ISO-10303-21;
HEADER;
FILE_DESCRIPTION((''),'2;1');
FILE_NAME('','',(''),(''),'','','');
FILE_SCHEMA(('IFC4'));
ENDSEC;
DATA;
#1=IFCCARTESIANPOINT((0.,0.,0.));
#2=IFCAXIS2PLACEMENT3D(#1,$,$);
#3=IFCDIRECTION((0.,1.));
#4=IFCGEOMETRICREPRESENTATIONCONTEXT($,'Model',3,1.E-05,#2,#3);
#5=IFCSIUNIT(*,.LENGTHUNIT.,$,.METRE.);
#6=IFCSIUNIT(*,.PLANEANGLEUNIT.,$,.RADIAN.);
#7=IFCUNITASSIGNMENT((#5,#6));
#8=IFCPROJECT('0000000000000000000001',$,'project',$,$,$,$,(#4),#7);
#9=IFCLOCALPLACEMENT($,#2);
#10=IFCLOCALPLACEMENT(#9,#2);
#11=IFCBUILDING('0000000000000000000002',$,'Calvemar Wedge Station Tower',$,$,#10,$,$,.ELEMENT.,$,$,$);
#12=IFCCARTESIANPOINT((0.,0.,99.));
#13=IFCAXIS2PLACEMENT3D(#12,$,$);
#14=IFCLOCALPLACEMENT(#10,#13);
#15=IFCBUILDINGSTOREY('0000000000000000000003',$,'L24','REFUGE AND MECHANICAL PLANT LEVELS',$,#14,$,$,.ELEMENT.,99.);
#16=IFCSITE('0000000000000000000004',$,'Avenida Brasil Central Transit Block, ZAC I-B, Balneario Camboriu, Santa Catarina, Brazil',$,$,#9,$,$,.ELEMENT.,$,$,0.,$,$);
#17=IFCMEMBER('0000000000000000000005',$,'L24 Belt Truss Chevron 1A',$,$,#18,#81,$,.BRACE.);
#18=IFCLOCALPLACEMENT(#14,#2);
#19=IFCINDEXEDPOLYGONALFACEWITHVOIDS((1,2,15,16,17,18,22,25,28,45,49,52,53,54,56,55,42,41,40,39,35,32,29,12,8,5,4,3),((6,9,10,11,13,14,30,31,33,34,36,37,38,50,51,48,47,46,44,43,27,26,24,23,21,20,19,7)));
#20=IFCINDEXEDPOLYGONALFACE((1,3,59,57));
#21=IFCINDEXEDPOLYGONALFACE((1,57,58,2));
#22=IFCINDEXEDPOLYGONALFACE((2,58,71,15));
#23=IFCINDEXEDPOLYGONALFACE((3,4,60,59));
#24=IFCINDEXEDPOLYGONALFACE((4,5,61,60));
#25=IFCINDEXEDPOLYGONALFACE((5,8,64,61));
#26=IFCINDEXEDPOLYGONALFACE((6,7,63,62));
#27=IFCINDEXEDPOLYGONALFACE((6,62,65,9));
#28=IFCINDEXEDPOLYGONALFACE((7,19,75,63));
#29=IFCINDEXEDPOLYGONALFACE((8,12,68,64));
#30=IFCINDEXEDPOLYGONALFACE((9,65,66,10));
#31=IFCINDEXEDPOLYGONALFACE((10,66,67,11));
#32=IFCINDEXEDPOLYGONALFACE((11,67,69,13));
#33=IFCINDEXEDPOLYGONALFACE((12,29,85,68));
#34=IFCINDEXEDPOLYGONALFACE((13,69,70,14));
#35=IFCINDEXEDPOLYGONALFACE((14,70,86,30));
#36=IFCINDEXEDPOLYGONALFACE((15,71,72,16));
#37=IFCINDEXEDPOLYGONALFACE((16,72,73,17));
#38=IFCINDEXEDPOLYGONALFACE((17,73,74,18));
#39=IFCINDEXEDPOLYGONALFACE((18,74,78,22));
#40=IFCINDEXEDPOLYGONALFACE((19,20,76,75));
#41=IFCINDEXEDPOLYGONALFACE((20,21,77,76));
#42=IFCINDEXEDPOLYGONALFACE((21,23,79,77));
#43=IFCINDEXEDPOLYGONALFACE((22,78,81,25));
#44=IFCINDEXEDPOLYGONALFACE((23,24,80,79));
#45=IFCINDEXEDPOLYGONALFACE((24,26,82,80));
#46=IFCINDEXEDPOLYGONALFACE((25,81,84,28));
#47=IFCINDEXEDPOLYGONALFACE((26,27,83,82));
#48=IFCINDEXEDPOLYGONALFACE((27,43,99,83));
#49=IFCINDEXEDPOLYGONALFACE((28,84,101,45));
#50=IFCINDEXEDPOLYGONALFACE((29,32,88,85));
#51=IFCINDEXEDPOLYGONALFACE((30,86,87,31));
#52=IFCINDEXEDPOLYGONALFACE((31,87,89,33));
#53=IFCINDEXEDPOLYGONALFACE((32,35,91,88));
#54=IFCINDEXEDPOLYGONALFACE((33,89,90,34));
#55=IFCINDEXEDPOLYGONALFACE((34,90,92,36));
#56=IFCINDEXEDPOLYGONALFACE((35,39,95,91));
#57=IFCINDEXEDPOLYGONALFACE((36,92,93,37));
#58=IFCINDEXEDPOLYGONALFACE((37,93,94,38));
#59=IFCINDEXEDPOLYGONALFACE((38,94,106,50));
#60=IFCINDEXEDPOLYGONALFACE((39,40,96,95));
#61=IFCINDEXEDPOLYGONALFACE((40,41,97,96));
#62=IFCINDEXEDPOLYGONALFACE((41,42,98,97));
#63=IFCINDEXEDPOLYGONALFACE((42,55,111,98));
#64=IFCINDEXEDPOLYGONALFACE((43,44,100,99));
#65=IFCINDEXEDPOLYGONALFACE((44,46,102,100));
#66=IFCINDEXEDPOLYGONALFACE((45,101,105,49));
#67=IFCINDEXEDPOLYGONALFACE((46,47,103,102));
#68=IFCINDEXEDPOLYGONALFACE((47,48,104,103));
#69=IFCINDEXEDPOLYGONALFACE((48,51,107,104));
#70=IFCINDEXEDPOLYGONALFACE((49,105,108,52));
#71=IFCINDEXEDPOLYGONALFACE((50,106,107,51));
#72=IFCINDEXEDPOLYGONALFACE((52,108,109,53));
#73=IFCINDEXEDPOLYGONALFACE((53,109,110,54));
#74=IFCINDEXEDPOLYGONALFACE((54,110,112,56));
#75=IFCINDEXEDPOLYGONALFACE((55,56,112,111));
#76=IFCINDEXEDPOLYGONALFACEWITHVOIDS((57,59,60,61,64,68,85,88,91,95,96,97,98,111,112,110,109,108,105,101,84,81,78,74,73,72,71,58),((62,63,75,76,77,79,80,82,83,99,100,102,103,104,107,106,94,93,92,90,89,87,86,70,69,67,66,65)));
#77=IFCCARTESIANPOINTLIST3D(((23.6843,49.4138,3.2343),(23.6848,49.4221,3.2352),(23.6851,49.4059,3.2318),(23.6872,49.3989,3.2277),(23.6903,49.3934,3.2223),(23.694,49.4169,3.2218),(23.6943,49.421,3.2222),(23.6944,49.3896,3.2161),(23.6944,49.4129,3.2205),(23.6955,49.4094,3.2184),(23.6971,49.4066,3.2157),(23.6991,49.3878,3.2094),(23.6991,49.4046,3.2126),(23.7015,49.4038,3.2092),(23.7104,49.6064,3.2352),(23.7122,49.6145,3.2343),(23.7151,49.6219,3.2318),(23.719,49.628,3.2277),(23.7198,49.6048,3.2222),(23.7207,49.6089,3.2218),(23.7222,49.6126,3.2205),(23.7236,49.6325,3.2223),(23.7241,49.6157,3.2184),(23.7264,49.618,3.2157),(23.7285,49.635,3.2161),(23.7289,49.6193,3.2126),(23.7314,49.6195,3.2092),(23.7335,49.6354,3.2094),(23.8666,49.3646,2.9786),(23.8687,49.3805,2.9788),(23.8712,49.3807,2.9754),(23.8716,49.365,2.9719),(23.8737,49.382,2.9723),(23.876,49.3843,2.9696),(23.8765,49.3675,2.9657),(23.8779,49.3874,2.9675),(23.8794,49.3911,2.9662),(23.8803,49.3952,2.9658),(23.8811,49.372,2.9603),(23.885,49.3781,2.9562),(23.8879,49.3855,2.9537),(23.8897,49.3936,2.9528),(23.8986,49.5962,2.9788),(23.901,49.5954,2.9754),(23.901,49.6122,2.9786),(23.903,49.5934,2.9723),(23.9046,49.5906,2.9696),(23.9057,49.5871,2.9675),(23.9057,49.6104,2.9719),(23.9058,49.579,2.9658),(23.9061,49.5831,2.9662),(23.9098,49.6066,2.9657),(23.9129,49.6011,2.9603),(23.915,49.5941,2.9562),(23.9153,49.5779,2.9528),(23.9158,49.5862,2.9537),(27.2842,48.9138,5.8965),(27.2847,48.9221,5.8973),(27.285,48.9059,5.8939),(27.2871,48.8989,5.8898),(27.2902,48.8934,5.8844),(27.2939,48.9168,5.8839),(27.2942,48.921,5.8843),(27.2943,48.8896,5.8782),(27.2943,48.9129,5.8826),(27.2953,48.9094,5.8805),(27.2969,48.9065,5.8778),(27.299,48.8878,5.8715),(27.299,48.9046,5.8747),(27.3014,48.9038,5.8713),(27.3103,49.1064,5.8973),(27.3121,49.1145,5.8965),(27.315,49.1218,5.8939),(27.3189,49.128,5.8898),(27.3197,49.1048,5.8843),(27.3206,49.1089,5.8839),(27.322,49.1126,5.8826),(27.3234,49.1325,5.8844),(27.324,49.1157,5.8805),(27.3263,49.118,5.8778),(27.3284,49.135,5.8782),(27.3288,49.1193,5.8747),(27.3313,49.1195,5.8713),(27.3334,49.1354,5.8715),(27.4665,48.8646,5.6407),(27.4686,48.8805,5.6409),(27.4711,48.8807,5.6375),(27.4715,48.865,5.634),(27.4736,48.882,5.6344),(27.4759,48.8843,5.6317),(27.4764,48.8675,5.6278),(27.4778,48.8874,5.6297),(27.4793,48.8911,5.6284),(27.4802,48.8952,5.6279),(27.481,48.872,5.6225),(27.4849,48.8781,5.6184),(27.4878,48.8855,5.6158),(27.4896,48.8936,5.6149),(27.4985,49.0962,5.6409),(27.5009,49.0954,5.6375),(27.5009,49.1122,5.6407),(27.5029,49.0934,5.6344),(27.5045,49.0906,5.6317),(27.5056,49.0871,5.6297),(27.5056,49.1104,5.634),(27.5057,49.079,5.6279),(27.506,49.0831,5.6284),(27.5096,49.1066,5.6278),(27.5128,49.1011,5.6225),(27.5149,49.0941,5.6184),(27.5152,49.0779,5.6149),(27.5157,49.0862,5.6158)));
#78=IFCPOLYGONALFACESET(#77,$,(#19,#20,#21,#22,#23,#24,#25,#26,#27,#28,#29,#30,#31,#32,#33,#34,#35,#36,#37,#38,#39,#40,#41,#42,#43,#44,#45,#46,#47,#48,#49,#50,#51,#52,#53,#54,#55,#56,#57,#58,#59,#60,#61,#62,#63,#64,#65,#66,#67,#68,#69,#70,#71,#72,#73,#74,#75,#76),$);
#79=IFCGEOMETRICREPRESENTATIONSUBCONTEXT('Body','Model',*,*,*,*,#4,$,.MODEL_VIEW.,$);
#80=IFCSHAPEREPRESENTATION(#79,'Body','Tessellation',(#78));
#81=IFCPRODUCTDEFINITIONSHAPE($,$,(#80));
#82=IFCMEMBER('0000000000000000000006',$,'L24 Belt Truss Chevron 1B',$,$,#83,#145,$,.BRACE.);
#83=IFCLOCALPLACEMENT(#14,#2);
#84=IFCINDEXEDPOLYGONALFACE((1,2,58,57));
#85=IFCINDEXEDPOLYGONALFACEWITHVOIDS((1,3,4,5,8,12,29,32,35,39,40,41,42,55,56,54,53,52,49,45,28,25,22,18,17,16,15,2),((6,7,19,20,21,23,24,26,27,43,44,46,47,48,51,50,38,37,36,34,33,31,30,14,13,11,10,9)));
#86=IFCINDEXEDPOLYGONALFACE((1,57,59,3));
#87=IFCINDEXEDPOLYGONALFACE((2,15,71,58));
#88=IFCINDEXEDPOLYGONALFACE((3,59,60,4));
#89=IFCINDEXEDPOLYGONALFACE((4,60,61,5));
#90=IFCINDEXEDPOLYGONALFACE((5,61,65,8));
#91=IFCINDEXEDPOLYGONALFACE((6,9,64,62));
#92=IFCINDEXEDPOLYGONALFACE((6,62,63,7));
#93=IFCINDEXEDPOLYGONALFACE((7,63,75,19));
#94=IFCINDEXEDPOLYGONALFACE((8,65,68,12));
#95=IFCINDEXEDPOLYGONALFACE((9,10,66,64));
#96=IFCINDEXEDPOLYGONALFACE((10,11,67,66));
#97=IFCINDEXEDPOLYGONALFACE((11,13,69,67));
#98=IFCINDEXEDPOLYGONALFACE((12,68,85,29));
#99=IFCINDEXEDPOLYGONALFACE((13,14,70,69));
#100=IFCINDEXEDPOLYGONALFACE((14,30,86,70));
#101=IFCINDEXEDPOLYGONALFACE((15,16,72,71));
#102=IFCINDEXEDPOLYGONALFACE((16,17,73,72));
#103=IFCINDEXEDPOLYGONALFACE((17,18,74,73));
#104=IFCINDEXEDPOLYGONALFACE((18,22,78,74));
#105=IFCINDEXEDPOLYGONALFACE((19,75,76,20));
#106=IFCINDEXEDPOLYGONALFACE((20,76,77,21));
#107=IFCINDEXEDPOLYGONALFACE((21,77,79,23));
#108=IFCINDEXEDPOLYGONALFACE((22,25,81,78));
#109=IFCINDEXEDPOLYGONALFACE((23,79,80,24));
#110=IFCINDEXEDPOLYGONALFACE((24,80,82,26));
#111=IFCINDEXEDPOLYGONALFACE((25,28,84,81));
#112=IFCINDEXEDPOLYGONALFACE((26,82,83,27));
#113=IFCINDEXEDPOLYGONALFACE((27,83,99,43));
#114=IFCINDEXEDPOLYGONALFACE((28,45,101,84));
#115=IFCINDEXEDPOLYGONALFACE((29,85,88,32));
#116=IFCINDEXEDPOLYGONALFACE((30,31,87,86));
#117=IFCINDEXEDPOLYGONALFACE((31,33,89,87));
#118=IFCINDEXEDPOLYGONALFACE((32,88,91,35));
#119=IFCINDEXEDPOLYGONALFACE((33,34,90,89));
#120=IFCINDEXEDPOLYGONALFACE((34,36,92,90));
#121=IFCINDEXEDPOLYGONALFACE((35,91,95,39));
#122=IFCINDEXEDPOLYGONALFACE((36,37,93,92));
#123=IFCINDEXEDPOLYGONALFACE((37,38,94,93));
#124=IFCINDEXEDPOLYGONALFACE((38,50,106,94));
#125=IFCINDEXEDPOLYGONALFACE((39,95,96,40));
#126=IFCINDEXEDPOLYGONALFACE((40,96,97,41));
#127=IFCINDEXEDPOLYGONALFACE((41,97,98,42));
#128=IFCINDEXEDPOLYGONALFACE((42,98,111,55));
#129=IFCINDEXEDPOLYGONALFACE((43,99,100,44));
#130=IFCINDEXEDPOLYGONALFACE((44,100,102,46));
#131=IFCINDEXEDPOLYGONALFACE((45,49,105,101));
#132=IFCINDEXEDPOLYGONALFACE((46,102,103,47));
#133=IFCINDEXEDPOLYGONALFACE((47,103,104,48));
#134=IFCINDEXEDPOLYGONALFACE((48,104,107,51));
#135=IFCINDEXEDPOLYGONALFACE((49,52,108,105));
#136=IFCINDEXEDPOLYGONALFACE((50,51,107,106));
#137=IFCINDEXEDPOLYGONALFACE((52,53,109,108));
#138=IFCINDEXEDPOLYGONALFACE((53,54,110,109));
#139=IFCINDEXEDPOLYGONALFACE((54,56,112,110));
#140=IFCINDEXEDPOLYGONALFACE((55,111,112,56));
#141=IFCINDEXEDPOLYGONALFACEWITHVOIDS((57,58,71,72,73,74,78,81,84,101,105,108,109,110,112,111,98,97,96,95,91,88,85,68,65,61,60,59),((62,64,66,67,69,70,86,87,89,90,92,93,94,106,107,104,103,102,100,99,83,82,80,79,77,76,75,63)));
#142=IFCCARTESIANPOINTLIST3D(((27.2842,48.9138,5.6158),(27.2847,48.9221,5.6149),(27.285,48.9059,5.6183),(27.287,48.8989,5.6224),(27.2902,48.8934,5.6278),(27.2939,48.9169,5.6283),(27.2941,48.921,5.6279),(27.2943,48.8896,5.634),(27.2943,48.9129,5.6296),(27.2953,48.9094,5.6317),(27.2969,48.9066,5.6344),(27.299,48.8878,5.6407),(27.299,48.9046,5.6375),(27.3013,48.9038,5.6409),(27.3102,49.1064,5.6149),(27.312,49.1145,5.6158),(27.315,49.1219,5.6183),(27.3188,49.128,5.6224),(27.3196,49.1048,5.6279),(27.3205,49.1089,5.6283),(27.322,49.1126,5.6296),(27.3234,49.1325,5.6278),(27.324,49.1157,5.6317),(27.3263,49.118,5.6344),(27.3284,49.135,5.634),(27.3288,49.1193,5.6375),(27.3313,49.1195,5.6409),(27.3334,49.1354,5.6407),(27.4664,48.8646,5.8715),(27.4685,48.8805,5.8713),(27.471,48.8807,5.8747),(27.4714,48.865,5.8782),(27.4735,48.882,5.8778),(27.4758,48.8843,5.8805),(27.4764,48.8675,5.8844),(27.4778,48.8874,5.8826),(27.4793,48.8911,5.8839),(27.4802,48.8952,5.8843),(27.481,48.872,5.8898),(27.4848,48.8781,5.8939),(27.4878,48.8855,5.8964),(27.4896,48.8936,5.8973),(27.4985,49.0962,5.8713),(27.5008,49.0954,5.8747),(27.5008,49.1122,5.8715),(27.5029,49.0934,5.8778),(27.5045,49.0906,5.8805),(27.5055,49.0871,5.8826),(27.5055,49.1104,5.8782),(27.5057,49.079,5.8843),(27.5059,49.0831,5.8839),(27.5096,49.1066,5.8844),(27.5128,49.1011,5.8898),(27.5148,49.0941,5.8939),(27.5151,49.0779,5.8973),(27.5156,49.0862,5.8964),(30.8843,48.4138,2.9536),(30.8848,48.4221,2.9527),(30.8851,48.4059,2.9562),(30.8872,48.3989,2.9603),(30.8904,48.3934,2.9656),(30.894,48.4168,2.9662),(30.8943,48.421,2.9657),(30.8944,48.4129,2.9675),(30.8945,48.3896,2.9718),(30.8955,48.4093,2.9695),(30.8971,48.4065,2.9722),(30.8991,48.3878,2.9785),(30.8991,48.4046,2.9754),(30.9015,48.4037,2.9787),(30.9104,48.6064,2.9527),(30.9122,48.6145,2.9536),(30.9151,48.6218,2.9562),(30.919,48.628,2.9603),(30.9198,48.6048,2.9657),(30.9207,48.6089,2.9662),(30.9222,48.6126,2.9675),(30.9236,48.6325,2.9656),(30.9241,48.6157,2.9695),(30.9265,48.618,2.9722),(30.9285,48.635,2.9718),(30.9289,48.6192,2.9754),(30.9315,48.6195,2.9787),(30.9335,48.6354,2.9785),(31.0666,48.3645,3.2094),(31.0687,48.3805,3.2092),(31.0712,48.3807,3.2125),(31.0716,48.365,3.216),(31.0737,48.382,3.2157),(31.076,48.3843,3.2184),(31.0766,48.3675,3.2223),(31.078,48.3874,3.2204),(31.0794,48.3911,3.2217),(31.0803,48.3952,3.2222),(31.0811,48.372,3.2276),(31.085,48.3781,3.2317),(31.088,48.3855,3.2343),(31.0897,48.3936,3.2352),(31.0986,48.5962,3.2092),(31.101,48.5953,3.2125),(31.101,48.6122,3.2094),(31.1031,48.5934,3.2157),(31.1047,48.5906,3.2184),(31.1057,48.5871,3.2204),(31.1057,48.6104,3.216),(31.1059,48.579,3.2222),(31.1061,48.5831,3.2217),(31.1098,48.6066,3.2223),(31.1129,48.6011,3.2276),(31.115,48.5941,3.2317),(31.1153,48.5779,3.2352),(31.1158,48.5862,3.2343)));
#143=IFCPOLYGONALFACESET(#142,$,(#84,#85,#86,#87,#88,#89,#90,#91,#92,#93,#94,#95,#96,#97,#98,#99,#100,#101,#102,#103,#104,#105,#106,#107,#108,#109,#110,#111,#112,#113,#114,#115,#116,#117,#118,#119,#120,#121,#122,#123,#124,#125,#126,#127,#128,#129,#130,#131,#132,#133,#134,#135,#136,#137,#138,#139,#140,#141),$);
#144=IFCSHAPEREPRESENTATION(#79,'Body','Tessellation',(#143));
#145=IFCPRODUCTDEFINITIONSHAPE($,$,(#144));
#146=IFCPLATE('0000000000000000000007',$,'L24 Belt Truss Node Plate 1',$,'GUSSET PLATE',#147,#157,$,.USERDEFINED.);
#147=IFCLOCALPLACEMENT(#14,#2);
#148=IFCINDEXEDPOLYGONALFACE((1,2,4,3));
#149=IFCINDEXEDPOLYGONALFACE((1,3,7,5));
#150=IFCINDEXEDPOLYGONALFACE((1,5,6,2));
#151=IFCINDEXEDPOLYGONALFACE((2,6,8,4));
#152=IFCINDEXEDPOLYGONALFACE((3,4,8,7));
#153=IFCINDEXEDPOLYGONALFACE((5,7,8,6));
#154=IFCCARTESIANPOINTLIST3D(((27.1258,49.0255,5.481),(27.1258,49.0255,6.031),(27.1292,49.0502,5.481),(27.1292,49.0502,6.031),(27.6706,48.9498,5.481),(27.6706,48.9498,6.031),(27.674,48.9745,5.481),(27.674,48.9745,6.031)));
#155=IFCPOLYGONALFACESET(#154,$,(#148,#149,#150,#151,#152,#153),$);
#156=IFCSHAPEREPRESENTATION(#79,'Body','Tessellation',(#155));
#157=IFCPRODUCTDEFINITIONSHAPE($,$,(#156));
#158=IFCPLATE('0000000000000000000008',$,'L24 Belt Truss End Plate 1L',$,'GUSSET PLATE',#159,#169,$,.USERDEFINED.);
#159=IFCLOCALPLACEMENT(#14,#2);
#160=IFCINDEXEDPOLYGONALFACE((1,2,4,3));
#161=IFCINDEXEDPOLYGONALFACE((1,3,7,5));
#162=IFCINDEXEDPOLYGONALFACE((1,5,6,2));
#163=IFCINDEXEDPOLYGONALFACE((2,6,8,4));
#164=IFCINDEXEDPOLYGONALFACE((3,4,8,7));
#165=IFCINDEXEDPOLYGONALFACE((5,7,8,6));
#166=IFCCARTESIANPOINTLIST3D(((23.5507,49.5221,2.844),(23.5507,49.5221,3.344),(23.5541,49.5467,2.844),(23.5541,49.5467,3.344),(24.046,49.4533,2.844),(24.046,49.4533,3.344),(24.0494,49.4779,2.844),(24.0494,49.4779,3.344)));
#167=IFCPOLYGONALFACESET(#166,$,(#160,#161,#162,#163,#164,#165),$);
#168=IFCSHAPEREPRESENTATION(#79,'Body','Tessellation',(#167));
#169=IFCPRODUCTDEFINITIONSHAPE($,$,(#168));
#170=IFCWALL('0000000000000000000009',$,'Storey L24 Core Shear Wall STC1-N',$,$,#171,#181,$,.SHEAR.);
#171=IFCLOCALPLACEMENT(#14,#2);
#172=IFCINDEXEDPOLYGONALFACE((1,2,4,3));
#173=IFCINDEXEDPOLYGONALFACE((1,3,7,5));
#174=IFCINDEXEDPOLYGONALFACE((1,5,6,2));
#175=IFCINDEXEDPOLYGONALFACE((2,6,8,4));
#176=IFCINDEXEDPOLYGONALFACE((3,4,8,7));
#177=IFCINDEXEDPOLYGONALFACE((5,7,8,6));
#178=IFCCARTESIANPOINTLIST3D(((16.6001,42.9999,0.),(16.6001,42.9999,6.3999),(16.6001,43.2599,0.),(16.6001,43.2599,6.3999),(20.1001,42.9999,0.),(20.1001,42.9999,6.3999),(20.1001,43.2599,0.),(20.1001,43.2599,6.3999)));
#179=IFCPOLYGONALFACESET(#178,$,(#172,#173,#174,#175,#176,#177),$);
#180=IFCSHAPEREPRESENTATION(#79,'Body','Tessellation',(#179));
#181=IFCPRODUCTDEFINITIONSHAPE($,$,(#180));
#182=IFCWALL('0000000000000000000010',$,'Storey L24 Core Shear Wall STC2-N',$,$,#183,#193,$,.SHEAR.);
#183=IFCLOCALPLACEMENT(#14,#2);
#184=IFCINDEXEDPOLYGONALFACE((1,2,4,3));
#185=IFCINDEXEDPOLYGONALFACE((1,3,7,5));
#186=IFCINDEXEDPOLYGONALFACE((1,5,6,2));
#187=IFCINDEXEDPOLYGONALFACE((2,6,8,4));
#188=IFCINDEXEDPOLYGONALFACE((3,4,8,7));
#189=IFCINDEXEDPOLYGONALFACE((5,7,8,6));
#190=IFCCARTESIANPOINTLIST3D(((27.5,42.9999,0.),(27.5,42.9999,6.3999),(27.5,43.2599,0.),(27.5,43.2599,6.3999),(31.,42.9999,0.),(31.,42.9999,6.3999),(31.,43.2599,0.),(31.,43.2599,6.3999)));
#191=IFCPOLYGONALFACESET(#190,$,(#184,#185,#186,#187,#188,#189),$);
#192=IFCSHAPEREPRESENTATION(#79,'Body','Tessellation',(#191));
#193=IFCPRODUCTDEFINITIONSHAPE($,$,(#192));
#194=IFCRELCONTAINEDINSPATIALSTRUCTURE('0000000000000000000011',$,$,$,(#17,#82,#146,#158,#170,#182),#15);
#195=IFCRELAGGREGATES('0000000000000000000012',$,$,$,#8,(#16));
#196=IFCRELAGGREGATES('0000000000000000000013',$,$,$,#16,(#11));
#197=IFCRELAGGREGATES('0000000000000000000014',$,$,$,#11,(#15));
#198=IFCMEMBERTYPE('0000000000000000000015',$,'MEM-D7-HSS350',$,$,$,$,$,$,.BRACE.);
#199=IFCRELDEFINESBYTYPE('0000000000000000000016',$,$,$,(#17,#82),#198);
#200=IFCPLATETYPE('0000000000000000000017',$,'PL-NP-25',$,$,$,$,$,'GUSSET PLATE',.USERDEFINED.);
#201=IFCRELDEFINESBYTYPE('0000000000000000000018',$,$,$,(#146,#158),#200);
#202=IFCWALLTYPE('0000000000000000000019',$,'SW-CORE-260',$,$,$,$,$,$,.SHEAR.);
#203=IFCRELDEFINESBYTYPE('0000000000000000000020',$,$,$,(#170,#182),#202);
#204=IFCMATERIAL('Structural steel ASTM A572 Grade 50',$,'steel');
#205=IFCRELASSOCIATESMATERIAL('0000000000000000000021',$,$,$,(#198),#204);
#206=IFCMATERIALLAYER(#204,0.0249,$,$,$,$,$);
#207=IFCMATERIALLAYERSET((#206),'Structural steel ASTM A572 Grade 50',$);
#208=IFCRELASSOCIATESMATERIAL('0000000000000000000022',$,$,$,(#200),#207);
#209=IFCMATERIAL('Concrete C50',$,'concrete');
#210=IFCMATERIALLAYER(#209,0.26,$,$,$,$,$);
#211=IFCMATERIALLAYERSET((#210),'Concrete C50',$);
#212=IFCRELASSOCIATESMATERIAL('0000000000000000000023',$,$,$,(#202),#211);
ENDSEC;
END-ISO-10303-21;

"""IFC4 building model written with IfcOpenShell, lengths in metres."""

from ifc_helpers import new_model, si_unit, direction, frame, frame_2d, origin, origin_2d, place, context, subcontext, project, spatial, rectangle, hollow_rectangle, extrude, source, transform, mapped, material, layer, layer_set, material_profile, profile_set, type_object, element, save


model = new_model("IFC4")

# Units and contexts
model_context = context("Model", 3, precision=1e-05, world=origin(), true_north=direction((0.0, 1.0)))
body_context = subcontext(model_context, "Body", "Model", "MODEL_VIEW")
ifc_project = project(units=[si_unit("LENGTHUNIT", "METRE"), si_unit("PLANEANGLEUNIT", "RADIAN")], contexts=[model_context])

# Site, building, storey
site_placement = place(None, origin())
site = spatial("IfcSite", under=ifc_project, at=site_placement, Name="Avenida Brasil Central Transit Block, ZAC I-B, Balneario Camboriu, Santa Catarina, Brazil", CompositionType="ELEMENT", RefElevation=0.0)
building_placement = place(site_placement, origin())
building = spatial("IfcBuilding", under=site, at=building_placement, Name="Calvemar Wedge Station Tower", CompositionType="ELEMENT")
storey_placement = place(building_placement, frame((0.0, 0.0, 99.0)))
storey = spatial("IfcBuildingStorey", under=building, at=storey_placement, Name="L24", Description="REFUGE AND MECHANICAL PLANT LEVELS", CompositionType="ELEMENT", Elevation=99.0)

# Shared definitions
ifc_material_1 = material(Name="Structural steel ASTM A572 Grade 50", Category="steel")

# Members
ifc_material_profile_1 = material_profile(ifc_material_1, hollow_rectangle(XDim=0.25, YDim=0.3501, WallThickness=0.0161, InnerFilletRadius=0.0161, OuterFilletRadius=0.032, at=origin_2d()), Name="HSS350x250x16")
ifc_profile_set_1 = profile_set([ifc_material_profile_1], Name="Structural steel ASTM A572 Grade 50")
member_type = type_object("IfcMemberType", Name="MEM-D7-HSS350", PredefinedType="BRACE", material=ifc_profile_set_1)
shared_shape_1 = source(origin(), body_context, "Body", "SweptSolid", [
    extrude(hollow_rectangle(XDim=0.25, YDim=0.3501, WallThickness=0.0161, InnerFilletRadius=0.0161, OuterFilletRadius=0.032, at=origin_2d()), origin(), (0.0, 0.0, 1.0), 4.5051),
])
member_1_placement = place(storey_placement, frame((23.8, 49.5, 3.094), z_axis=(0.799065, -0.110986, 0.590912), x_axis=(0.137574, 0.990492, 0.0)))
element("IfcMember", 1, at=member_1_placement, inside=storey, type_object=member_type, Name="L24 Belt Truss Chevron 1A", PredefinedType="BRACE", context=body_context, shape_type="MappedRepresentation", body=[
    mapped(shared_shape_1, transform((0.0, 0.0, 0.0), scale=1.0)),
])
shared_shape_2 = source(origin(), body_context, "Body", "SweptSolid", [
    extrude(hollow_rectangle(XDim=0.25, YDim=0.3501, WallThickness=0.0161, InnerFilletRadius=0.0161, OuterFilletRadius=0.032, at=origin_2d()), origin(), (0.0, 0.0, 1.0), 4.5054),
])
member_2_placement = place(storey_placement, frame((27.3999, 49.0, 5.7561), z_axis=(0.799084, -0.110981, -0.590887), x_axis=(0.137565, 0.990493, 0.0)))
element("IfcMember", 2, at=member_2_placement, inside=storey, type_object=member_type, Name="L24 Belt Truss Chevron 1B", PredefinedType="BRACE", context=body_context, shape_type="MappedRepresentation", body=[
    mapped(shared_shape_2, transform((0.0, 0.0, 0.0), scale=1.0)),
])

# Plates
ifc_layer_1 = layer(ifc_material_1, 0.0249)
ifc_layer_set_1 = layer_set([ifc_layer_1], Name="Structural steel ASTM A572 Grade 50")
plate_type = type_object("IfcPlateType", Name="PL-NP-25", ElementType="GUSSET PLATE", PredefinedType="USERDEFINED", material=ifc_layer_set_1)
shared_shape_3 = source(origin(), body_context, "Body", "SweptSolid", [
    extrude(rectangle(XDim=0.55, YDim=0.0249, at=origin_2d()), origin(), (0.0, 0.0, 1.0), 0.55),
])
plate_1_placement = place(storey_placement, frame((27.3999, 49.0, 5.481), z_axis=(0.0, 0.0, 1.0), x_axis=(0.990485, -0.137617, 0.0)))
element("IfcPlate", 3, at=plate_1_placement, inside=storey, type_object=plate_type, Name="L24 Belt Truss Node Plate 1", ObjectType="GUSSET PLATE", PredefinedType="USERDEFINED", context=body_context, shape_type="MappedRepresentation", body=[
    mapped(shared_shape_3, transform((0.0, 0.0, 0.0), scale=1.0)),
])
shared_shape_4 = source(origin(), body_context, "Body", "SweptSolid", [
    extrude(rectangle(XDim=0.5, YDim=0.0249, at=origin_2d()), origin(), (0.0, 0.0, 1.0), 0.5),
])
plate_2_placement = place(storey_placement, frame((23.8, 49.5, 2.844), z_axis=(0.0, 0.0, 1.0), x_axis=(0.990485, -0.137617, 0.0)))
element("IfcPlate", 4, at=plate_2_placement, inside=storey, type_object=plate_type, Name="L24 Belt Truss End Plate 1L", ObjectType="GUSSET PLATE", PredefinedType="USERDEFINED", context=body_context, shape_type="MappedRepresentation", body=[
    mapped(shared_shape_4, transform((0.0, 0.0, 0.0), scale=1.0)),
])

# Walls
ifc_material_2 = material(Name="Concrete C50", Category="concrete")
ifc_layer_2 = layer(ifc_material_2, 0.26)
ifc_layer_set_2 = layer_set([ifc_layer_2], Name="Concrete C50")
wall_type_1 = type_object("IfcWallType", Name="SW-CORE-260", PredefinedType="SHEAR", material=ifc_layer_set_2)
for number, where, z_axis, x_axis, name in (
    (5, (16.6001, 43.1299, 0.0), (0.0, 0.0, 1.0), (1.0, 0.0, 0.0), "Storey L24 Core Shear Wall STC1-N"),
    (6, (27.5, 43.1299, 0.0), (0.0, 0.0, 1.0), (1.0, 0.0, 0.0), "Storey L24 Core Shear Wall STC2-N"),
):
    element("IfcWall", number, at=place(storey_placement, frame(where, z_axis=z_axis, x_axis=x_axis)), inside=storey, type_object=wall_type_1, Name=name, PredefinedType="SHEAR", context=body_context, shape_type="SweptSolid", body=[
        extrude(rectangle(XDim=3.5, YDim=0.26, at=frame_2d((1.75, 0.0))), origin(), (0.0, 0.0, 1.0), 6.3999),
    ])

save(model, "model.ifc")
